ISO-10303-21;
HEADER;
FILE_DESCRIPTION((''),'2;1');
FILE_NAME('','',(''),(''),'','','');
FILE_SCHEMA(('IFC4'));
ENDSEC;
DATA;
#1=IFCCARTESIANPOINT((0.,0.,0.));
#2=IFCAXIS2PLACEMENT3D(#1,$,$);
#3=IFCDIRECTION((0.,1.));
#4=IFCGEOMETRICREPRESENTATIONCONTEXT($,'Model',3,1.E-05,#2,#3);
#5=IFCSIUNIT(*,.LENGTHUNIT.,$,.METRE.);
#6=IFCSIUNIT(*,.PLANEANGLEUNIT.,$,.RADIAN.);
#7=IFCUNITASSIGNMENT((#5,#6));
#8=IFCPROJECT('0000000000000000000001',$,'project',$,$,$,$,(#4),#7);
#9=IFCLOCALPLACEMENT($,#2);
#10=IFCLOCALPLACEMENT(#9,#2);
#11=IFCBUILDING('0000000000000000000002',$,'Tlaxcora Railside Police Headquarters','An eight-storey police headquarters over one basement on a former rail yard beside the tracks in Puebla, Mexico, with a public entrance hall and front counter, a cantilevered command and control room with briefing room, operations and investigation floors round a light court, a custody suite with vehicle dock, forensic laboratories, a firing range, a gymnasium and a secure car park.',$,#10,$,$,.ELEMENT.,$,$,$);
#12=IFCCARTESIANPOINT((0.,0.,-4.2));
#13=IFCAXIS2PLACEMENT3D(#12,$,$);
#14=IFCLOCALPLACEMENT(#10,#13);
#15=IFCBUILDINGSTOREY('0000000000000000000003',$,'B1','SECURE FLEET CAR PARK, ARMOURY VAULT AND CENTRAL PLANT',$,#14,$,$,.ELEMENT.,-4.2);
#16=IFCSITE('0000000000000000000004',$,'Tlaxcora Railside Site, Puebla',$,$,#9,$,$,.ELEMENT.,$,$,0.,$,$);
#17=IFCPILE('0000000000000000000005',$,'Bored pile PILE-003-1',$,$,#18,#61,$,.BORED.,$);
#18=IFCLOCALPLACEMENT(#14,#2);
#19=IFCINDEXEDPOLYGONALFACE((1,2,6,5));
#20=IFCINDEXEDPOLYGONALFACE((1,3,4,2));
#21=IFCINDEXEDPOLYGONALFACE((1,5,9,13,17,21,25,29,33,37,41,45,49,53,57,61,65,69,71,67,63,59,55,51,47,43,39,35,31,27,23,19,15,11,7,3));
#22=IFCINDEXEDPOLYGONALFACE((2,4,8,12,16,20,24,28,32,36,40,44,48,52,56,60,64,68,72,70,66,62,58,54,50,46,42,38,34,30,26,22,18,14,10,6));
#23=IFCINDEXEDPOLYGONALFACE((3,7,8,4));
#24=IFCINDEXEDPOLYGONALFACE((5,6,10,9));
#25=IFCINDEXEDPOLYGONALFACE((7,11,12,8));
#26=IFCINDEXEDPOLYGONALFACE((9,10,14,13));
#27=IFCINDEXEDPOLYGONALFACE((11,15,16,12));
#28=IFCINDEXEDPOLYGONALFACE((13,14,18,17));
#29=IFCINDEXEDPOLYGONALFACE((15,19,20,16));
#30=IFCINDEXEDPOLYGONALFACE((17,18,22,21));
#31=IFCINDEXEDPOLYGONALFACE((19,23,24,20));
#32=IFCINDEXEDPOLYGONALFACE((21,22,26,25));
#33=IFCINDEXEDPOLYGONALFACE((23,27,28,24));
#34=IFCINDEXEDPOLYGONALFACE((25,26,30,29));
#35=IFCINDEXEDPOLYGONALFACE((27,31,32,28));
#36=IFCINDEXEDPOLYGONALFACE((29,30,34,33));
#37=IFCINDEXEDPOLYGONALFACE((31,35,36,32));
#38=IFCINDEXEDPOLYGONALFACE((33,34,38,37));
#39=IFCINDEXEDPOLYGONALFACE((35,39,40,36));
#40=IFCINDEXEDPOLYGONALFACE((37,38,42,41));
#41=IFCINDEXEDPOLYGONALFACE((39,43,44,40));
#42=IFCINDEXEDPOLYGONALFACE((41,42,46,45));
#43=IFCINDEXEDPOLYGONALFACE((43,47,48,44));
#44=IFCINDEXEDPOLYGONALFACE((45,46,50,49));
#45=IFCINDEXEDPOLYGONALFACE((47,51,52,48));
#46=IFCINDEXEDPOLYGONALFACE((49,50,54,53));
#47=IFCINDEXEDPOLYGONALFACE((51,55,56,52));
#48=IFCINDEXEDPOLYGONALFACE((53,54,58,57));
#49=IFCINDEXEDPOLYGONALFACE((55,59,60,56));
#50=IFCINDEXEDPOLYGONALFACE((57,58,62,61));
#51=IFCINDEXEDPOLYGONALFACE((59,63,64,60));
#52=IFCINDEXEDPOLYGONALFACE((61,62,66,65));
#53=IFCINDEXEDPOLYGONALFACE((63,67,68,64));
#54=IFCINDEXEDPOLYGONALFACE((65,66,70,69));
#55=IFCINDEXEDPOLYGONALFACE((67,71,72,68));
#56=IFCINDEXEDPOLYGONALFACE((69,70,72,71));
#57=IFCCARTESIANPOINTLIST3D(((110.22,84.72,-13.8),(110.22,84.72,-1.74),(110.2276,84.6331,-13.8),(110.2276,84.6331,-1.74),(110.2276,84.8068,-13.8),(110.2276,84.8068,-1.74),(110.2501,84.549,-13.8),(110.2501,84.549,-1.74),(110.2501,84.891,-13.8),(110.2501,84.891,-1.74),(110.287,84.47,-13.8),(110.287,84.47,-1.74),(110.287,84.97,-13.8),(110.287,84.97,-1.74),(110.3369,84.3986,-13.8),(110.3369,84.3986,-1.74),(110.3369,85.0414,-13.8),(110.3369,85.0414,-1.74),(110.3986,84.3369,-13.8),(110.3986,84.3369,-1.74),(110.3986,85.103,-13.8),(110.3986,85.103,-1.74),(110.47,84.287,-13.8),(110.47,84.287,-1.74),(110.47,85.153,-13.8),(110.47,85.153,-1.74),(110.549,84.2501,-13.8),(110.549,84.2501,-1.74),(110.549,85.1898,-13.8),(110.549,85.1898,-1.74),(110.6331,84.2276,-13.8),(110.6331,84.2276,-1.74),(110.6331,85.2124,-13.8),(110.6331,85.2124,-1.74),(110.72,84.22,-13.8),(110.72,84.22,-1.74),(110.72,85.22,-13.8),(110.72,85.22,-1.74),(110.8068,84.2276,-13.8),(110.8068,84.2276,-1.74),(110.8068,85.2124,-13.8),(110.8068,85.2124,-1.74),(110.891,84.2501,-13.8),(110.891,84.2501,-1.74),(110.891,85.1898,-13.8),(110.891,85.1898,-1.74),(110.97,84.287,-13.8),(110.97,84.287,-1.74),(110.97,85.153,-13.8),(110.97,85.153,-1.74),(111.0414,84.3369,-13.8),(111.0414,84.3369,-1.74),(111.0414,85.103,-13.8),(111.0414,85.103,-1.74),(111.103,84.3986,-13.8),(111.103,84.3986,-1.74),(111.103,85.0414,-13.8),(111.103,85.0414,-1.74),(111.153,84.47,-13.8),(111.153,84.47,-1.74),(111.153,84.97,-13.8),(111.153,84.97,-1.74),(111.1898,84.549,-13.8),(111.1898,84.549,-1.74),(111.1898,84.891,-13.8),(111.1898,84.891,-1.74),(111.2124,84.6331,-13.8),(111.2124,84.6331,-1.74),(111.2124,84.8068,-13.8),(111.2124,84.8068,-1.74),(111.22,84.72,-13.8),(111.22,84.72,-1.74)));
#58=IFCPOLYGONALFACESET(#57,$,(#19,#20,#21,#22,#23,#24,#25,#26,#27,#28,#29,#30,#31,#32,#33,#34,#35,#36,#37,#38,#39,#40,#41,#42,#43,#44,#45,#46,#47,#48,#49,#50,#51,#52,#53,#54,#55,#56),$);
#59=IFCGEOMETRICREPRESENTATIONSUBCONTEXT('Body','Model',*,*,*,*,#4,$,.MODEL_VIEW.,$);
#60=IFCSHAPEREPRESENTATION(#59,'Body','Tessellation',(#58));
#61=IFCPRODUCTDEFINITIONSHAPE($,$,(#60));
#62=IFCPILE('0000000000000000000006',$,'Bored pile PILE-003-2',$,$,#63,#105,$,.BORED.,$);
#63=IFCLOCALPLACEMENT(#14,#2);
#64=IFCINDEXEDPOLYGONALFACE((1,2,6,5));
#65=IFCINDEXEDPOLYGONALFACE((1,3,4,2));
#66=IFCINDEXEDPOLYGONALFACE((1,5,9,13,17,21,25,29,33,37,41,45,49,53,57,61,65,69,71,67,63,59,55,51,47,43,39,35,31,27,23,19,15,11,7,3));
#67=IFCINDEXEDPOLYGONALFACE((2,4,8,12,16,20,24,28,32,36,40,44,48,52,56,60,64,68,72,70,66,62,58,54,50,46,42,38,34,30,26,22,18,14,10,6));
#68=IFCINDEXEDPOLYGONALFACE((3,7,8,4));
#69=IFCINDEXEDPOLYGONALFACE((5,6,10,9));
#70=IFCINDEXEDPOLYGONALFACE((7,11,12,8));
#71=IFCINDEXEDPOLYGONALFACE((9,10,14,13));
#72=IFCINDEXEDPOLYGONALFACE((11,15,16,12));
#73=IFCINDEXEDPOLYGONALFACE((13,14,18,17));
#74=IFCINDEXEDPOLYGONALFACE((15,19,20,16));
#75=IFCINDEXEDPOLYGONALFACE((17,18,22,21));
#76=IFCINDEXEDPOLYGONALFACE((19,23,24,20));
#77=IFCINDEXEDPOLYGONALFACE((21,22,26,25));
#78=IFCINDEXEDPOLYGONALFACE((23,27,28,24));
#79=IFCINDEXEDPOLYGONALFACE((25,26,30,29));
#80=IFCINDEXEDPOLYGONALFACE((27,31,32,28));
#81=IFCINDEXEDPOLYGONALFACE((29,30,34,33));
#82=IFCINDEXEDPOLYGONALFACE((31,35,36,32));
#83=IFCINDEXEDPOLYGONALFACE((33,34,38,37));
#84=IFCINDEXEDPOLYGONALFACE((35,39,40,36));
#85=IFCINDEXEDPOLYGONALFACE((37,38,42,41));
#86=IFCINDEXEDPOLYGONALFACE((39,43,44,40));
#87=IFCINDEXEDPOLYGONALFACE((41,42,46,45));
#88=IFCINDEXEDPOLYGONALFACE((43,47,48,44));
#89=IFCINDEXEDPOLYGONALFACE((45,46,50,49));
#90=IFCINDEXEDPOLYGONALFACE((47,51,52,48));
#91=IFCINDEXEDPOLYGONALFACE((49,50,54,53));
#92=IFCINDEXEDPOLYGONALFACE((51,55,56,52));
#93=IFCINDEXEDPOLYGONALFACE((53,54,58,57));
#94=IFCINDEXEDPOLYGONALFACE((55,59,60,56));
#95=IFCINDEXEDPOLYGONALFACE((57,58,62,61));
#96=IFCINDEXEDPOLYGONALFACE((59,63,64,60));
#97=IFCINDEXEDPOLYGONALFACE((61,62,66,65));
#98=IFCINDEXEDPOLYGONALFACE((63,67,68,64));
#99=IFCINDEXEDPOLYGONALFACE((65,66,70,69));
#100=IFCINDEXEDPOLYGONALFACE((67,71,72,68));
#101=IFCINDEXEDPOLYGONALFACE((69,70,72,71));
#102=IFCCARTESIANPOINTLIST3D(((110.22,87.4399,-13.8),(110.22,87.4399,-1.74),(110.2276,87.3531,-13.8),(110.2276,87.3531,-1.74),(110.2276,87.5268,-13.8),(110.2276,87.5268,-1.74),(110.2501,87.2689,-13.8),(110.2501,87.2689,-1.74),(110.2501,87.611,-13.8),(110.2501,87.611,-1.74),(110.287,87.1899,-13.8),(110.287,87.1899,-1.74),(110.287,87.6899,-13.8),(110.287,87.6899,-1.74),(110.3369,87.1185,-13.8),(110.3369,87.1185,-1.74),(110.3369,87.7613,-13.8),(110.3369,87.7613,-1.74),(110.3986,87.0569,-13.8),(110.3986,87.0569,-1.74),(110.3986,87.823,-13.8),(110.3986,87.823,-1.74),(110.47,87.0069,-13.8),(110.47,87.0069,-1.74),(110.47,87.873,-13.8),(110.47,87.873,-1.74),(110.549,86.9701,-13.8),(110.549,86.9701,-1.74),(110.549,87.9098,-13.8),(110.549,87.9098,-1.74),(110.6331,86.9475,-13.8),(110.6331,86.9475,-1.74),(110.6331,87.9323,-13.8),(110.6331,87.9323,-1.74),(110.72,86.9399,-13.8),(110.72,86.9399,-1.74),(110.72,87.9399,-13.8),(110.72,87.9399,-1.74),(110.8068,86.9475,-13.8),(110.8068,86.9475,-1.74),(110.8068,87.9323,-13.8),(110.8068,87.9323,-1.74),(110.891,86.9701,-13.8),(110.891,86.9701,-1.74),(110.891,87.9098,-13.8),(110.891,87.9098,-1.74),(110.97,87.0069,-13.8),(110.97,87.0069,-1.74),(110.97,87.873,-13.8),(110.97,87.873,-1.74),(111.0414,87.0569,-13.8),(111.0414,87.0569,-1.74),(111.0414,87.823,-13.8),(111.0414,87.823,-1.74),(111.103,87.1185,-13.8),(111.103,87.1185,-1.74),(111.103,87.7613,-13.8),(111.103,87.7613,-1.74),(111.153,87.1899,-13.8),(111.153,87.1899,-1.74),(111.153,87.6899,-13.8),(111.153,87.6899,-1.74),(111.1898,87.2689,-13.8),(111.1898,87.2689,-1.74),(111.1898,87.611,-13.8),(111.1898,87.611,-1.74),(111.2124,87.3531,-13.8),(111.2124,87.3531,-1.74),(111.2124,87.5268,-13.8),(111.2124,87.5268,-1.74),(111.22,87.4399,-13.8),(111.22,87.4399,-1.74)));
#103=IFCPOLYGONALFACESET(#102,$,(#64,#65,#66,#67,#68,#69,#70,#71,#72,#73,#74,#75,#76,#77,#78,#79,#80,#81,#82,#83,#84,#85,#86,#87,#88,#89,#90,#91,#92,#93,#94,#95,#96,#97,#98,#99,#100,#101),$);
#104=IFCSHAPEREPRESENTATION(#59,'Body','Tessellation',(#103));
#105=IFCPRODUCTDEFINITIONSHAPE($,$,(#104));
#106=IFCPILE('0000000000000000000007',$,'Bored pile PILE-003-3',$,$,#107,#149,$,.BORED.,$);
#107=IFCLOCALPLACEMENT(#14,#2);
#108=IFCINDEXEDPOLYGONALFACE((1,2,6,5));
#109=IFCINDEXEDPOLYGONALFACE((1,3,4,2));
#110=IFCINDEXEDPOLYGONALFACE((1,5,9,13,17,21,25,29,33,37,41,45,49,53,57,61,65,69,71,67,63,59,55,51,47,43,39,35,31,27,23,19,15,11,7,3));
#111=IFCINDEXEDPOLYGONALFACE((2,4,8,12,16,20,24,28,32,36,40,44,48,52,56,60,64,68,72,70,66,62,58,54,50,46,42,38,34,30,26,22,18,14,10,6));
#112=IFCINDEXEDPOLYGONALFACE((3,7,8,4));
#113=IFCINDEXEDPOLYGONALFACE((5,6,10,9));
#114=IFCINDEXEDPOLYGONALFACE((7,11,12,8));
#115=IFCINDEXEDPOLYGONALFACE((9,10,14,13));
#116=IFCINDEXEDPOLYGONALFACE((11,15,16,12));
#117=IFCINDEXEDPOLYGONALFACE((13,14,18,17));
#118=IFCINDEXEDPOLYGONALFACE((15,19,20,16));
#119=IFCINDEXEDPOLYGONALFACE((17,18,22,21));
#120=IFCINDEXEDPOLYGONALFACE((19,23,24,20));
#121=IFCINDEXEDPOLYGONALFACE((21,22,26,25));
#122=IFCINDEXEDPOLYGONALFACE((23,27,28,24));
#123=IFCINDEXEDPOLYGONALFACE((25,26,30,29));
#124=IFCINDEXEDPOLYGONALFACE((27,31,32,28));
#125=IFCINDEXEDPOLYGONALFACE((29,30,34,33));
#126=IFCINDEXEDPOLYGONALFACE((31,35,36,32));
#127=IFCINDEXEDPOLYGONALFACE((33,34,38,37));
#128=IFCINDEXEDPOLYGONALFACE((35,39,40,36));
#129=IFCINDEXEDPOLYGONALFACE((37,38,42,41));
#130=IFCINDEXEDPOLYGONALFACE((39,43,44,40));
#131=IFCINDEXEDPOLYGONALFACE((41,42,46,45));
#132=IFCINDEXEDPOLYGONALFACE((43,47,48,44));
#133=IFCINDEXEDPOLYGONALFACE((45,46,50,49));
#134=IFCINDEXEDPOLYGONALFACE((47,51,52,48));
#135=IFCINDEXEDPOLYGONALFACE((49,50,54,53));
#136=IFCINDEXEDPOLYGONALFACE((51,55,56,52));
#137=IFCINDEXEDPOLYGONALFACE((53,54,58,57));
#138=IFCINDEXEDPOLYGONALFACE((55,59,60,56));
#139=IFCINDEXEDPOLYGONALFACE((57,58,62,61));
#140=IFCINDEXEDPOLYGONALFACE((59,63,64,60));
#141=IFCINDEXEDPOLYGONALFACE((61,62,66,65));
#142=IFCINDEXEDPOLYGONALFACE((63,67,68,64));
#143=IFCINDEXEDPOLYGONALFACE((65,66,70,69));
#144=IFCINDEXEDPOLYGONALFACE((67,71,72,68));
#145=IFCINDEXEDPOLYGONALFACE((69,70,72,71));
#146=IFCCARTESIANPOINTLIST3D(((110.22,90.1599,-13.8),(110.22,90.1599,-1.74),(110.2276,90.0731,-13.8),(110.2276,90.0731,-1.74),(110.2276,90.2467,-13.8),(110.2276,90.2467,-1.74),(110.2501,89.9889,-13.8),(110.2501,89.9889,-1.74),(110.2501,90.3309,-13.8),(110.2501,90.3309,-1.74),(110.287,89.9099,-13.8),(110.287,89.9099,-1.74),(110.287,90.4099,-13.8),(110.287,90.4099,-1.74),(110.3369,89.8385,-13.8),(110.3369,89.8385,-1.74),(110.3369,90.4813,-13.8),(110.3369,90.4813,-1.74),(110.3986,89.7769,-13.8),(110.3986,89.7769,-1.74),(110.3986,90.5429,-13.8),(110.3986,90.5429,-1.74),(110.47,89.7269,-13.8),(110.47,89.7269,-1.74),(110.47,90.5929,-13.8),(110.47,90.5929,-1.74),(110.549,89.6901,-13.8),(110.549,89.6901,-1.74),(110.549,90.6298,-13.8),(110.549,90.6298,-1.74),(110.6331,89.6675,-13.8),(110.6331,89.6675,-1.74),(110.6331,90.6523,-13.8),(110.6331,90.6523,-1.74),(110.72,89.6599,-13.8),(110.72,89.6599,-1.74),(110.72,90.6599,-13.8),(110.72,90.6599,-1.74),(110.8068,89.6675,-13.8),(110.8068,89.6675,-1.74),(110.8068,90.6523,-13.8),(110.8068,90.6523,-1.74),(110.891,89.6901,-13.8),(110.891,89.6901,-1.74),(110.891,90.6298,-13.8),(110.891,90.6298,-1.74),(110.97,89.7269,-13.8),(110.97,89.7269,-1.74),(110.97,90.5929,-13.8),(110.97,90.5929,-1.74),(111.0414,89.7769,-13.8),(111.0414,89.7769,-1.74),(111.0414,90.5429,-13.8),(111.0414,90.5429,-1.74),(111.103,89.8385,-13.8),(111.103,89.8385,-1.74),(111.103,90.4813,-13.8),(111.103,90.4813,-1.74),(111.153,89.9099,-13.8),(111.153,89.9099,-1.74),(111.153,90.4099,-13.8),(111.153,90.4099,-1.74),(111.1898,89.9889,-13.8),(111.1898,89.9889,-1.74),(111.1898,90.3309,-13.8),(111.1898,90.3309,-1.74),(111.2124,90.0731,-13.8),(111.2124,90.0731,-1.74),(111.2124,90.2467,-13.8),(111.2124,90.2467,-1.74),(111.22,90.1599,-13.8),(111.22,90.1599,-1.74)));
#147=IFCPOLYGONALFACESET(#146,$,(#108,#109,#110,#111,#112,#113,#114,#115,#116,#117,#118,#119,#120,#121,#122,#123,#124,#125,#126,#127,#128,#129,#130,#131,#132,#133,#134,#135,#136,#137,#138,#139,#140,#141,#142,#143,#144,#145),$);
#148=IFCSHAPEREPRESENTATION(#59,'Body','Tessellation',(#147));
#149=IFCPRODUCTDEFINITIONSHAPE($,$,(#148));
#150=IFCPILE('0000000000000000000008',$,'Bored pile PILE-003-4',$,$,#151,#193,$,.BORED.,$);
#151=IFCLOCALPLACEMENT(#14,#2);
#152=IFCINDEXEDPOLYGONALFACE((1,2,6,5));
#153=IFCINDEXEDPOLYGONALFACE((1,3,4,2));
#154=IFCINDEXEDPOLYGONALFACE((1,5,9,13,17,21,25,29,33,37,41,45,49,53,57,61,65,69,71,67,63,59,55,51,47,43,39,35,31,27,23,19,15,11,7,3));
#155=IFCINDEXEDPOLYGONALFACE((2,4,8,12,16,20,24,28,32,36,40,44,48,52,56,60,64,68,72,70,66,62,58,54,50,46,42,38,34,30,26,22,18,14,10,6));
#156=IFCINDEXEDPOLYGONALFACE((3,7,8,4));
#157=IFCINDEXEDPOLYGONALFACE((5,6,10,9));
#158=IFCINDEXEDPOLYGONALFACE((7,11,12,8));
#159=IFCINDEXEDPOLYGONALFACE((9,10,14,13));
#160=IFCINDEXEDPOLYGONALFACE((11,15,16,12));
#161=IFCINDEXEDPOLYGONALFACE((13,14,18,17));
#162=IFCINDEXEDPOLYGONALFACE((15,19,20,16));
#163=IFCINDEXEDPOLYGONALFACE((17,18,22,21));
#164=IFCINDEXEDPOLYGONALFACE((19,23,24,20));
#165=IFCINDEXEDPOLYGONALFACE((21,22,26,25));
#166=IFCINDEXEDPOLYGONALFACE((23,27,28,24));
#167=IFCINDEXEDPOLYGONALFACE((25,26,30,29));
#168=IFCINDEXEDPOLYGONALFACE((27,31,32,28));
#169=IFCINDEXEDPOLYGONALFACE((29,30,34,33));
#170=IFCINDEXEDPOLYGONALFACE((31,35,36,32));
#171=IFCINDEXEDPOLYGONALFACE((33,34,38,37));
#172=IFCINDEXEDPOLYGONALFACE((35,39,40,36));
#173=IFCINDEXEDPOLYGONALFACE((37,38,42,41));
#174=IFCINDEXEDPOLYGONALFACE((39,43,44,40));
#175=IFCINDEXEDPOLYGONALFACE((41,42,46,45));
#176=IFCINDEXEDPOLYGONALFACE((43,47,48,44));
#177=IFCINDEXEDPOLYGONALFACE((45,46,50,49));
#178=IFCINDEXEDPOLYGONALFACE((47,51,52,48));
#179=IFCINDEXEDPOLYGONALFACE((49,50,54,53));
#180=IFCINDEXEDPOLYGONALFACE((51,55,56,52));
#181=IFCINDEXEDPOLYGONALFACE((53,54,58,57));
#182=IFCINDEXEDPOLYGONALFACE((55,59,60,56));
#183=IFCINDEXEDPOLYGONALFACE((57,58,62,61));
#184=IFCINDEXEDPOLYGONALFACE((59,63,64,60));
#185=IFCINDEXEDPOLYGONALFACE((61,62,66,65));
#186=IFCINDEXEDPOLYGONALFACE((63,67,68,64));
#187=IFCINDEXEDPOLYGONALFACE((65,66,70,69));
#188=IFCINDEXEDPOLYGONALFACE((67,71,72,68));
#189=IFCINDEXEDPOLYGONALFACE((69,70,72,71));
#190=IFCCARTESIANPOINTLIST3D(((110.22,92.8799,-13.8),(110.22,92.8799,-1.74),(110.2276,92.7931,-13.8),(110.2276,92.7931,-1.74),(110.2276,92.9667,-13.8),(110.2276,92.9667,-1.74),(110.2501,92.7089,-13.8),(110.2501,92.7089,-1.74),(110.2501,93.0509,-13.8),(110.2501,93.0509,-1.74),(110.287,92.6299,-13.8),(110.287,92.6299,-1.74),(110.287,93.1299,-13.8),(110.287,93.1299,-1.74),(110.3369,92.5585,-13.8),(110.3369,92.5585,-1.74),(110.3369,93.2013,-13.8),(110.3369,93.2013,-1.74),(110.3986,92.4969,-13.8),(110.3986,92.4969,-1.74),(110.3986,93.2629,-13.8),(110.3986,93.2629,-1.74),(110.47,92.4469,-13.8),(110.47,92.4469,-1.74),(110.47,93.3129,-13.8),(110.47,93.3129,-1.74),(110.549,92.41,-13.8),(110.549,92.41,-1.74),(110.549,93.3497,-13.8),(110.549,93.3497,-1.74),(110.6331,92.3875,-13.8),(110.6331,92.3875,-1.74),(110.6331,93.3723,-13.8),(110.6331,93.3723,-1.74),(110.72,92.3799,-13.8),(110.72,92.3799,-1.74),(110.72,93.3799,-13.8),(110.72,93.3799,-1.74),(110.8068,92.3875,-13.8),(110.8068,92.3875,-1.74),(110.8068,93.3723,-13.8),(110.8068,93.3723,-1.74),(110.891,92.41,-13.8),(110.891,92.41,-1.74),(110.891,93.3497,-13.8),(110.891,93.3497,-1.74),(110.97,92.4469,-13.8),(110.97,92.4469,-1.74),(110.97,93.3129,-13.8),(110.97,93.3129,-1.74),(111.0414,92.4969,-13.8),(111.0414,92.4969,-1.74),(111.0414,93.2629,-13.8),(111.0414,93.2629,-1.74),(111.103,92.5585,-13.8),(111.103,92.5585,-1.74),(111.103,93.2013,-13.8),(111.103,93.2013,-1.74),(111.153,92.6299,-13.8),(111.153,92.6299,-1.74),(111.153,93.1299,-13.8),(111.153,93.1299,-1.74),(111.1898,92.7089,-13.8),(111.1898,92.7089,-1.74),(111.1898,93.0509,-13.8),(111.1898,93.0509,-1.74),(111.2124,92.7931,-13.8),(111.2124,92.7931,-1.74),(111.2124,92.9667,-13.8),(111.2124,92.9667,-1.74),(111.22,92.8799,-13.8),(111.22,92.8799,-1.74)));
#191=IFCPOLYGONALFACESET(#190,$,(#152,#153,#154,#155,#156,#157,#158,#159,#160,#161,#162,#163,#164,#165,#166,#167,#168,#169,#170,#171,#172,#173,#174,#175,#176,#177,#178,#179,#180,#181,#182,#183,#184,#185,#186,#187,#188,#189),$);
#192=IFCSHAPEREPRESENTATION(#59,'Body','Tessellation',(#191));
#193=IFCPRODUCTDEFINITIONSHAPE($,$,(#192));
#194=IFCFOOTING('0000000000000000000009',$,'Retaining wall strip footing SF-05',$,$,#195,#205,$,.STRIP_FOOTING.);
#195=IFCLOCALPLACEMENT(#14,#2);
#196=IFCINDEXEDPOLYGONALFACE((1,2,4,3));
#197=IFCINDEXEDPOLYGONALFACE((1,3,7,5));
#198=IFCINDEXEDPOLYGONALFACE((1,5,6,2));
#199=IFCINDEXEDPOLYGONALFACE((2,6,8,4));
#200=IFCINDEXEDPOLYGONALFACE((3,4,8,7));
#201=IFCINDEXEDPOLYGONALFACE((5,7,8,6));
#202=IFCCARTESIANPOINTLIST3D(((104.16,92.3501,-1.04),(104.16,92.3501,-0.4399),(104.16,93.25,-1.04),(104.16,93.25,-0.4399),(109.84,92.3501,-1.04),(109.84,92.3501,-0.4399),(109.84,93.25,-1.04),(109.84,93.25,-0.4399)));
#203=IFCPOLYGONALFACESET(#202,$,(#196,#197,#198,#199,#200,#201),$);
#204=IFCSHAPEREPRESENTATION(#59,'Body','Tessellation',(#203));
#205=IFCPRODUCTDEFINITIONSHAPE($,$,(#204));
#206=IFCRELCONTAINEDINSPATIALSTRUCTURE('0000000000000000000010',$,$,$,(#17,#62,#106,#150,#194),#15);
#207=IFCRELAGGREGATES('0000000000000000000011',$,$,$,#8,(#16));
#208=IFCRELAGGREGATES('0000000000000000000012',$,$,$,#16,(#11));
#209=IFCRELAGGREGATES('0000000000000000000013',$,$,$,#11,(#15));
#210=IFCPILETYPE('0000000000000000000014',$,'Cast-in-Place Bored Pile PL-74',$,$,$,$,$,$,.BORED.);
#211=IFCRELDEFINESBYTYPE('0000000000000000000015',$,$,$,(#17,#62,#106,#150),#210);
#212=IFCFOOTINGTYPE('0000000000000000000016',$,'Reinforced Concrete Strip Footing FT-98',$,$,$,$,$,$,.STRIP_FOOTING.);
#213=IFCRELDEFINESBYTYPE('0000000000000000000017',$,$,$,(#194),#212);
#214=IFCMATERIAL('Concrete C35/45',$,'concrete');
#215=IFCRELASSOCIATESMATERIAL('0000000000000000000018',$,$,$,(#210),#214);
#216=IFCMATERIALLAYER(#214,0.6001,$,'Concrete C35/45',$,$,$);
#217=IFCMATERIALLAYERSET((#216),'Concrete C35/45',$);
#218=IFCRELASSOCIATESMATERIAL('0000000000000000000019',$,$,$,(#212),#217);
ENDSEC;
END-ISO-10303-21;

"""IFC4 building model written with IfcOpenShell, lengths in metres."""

from ifc_helpers import new_model, si_unit, direction, frame, origin, origin_2d, place, context, subcontext, project, spatial, rectangle, circle, extrude, material, layer, layer_set, material_profile, profile_set, type_object, element, save


model = new_model("IFC4")

# Units and contexts
model_context = context("Model", 3, precision=1e-05, world=origin(), true_north=direction((0.0, 1.0)))
body_context = subcontext(model_context, "Body", "Model", "MODEL_VIEW")
ifc_project = project(units=[si_unit("LENGTHUNIT", "METRE"), si_unit("PLANEANGLEUNIT", "RADIAN")], contexts=[model_context])

# Site, building, storey
site_placement = place(None, origin())
site = spatial("IfcSite", under=ifc_project, at=site_placement, Name="Tlaxcora Railside Site, Puebla", CompositionType="ELEMENT", RefElevation=0.0)
building_placement = place(site_placement, origin())
building = spatial("IfcBuilding", under=site, at=building_placement, Name="Tlaxcora Railside Police Headquarters", Description="An eight-storey police headquarters over one basement on a former rail yard beside the tracks in Puebla, Mexico, with a public entrance hall and front counter, a cantilevered command and control room with briefing room, operations and investigation floors round a light court, a custody suite with vehicle dock, forensic laboratories, a firing range, a gymnasium and a secure car park.", CompositionType="ELEMENT")
storey_placement = place(building_placement, frame((0.0, 0.0, -4.2)))
storey = spatial("IfcBuildingStorey", under=building, at=storey_placement, Name="B1", Description="SECURE FLEET CAR PARK, ARMOURY VAULT AND CENTRAL PLANT", CompositionType="ELEMENT", Elevation=-4.2)

# Piles
ifc_material_1 = material(Name="Concrete C35/45", Category="concrete")
ifc_material_profile_1 = material_profile(ifc_material_1, circle(Radius=0.5, at=origin_2d()), Name="PILE1000")
ifc_profile_set_1 = profile_set([ifc_material_profile_1], Name="Concrete C35/45")
pile_type = type_object("IfcPileType", Name="Cast-in-Place Bored Pile PL-74", PredefinedType="BORED", material=ifc_profile_set_1)
for number, where, z_axis, x_axis, name in (
    (1, (110.72, 84.72, -1.74), (0.0, 0.0, -1.0), (1.0, 0.0, 0.0), "Bored pile PILE-003-1"),
    (2, (110.72, 87.4399, -1.74), (0.0, 0.0, -1.0), (1.0, 0.0, 0.0), "Bored pile PILE-003-2"),
    (3, (110.72, 90.1599, -1.74), (0.0, 0.0, -1.0), (1.0, 0.0, 0.0), "Bored pile PILE-003-3"),
    (4, (110.72, 92.8799, -1.74), (0.0, 0.0, -1.0), (1.0, 0.0, 0.0), "Bored pile PILE-003-4"),
):
    element("IfcPile", number, at=place(storey_placement, frame(where, z_axis=z_axis, x_axis=x_axis)), inside=storey, type_object=pile_type, Name=name, PredefinedType="BORED", context=body_context, shape_type="SweptSolid", body=[
        extrude(circle(Radius=0.5, at=origin_2d()), origin(), (0.0, 0.0, 1.0), 12.0601),
    ])

# Footing
ifc_layer_1 = layer(ifc_material_1, 0.6001, Name="Concrete C35/45")
ifc_layer_set_1 = layer_set([ifc_layer_1], Name="Concrete C35/45")
footing_type_1 = type_object("IfcFootingType", Name="Reinforced Concrete Strip Footing FT-98", PredefinedType="STRIP_FOOTING", material=ifc_layer_set_1)
footing_1_placement = place(storey_placement, frame((107.0, 92.8, -1.04), z_axis=(0.0, 0.0, 1.0), x_axis=(1.0, 0.0, 0.0)))
element("IfcFooting", 5, at=footing_1_placement, inside=storey, type_object=footing_type_1, Name="Retaining wall strip footing SF-05", PredefinedType="STRIP_FOOTING", context=body_context, shape_type="SweptSolid", body=[
    extrude(rectangle(XDim=5.6799, YDim=0.8999, at=origin_2d()), origin(), (0.0, 0.0, 1.0), 0.6001),
])

save(model, "model.ifc")
